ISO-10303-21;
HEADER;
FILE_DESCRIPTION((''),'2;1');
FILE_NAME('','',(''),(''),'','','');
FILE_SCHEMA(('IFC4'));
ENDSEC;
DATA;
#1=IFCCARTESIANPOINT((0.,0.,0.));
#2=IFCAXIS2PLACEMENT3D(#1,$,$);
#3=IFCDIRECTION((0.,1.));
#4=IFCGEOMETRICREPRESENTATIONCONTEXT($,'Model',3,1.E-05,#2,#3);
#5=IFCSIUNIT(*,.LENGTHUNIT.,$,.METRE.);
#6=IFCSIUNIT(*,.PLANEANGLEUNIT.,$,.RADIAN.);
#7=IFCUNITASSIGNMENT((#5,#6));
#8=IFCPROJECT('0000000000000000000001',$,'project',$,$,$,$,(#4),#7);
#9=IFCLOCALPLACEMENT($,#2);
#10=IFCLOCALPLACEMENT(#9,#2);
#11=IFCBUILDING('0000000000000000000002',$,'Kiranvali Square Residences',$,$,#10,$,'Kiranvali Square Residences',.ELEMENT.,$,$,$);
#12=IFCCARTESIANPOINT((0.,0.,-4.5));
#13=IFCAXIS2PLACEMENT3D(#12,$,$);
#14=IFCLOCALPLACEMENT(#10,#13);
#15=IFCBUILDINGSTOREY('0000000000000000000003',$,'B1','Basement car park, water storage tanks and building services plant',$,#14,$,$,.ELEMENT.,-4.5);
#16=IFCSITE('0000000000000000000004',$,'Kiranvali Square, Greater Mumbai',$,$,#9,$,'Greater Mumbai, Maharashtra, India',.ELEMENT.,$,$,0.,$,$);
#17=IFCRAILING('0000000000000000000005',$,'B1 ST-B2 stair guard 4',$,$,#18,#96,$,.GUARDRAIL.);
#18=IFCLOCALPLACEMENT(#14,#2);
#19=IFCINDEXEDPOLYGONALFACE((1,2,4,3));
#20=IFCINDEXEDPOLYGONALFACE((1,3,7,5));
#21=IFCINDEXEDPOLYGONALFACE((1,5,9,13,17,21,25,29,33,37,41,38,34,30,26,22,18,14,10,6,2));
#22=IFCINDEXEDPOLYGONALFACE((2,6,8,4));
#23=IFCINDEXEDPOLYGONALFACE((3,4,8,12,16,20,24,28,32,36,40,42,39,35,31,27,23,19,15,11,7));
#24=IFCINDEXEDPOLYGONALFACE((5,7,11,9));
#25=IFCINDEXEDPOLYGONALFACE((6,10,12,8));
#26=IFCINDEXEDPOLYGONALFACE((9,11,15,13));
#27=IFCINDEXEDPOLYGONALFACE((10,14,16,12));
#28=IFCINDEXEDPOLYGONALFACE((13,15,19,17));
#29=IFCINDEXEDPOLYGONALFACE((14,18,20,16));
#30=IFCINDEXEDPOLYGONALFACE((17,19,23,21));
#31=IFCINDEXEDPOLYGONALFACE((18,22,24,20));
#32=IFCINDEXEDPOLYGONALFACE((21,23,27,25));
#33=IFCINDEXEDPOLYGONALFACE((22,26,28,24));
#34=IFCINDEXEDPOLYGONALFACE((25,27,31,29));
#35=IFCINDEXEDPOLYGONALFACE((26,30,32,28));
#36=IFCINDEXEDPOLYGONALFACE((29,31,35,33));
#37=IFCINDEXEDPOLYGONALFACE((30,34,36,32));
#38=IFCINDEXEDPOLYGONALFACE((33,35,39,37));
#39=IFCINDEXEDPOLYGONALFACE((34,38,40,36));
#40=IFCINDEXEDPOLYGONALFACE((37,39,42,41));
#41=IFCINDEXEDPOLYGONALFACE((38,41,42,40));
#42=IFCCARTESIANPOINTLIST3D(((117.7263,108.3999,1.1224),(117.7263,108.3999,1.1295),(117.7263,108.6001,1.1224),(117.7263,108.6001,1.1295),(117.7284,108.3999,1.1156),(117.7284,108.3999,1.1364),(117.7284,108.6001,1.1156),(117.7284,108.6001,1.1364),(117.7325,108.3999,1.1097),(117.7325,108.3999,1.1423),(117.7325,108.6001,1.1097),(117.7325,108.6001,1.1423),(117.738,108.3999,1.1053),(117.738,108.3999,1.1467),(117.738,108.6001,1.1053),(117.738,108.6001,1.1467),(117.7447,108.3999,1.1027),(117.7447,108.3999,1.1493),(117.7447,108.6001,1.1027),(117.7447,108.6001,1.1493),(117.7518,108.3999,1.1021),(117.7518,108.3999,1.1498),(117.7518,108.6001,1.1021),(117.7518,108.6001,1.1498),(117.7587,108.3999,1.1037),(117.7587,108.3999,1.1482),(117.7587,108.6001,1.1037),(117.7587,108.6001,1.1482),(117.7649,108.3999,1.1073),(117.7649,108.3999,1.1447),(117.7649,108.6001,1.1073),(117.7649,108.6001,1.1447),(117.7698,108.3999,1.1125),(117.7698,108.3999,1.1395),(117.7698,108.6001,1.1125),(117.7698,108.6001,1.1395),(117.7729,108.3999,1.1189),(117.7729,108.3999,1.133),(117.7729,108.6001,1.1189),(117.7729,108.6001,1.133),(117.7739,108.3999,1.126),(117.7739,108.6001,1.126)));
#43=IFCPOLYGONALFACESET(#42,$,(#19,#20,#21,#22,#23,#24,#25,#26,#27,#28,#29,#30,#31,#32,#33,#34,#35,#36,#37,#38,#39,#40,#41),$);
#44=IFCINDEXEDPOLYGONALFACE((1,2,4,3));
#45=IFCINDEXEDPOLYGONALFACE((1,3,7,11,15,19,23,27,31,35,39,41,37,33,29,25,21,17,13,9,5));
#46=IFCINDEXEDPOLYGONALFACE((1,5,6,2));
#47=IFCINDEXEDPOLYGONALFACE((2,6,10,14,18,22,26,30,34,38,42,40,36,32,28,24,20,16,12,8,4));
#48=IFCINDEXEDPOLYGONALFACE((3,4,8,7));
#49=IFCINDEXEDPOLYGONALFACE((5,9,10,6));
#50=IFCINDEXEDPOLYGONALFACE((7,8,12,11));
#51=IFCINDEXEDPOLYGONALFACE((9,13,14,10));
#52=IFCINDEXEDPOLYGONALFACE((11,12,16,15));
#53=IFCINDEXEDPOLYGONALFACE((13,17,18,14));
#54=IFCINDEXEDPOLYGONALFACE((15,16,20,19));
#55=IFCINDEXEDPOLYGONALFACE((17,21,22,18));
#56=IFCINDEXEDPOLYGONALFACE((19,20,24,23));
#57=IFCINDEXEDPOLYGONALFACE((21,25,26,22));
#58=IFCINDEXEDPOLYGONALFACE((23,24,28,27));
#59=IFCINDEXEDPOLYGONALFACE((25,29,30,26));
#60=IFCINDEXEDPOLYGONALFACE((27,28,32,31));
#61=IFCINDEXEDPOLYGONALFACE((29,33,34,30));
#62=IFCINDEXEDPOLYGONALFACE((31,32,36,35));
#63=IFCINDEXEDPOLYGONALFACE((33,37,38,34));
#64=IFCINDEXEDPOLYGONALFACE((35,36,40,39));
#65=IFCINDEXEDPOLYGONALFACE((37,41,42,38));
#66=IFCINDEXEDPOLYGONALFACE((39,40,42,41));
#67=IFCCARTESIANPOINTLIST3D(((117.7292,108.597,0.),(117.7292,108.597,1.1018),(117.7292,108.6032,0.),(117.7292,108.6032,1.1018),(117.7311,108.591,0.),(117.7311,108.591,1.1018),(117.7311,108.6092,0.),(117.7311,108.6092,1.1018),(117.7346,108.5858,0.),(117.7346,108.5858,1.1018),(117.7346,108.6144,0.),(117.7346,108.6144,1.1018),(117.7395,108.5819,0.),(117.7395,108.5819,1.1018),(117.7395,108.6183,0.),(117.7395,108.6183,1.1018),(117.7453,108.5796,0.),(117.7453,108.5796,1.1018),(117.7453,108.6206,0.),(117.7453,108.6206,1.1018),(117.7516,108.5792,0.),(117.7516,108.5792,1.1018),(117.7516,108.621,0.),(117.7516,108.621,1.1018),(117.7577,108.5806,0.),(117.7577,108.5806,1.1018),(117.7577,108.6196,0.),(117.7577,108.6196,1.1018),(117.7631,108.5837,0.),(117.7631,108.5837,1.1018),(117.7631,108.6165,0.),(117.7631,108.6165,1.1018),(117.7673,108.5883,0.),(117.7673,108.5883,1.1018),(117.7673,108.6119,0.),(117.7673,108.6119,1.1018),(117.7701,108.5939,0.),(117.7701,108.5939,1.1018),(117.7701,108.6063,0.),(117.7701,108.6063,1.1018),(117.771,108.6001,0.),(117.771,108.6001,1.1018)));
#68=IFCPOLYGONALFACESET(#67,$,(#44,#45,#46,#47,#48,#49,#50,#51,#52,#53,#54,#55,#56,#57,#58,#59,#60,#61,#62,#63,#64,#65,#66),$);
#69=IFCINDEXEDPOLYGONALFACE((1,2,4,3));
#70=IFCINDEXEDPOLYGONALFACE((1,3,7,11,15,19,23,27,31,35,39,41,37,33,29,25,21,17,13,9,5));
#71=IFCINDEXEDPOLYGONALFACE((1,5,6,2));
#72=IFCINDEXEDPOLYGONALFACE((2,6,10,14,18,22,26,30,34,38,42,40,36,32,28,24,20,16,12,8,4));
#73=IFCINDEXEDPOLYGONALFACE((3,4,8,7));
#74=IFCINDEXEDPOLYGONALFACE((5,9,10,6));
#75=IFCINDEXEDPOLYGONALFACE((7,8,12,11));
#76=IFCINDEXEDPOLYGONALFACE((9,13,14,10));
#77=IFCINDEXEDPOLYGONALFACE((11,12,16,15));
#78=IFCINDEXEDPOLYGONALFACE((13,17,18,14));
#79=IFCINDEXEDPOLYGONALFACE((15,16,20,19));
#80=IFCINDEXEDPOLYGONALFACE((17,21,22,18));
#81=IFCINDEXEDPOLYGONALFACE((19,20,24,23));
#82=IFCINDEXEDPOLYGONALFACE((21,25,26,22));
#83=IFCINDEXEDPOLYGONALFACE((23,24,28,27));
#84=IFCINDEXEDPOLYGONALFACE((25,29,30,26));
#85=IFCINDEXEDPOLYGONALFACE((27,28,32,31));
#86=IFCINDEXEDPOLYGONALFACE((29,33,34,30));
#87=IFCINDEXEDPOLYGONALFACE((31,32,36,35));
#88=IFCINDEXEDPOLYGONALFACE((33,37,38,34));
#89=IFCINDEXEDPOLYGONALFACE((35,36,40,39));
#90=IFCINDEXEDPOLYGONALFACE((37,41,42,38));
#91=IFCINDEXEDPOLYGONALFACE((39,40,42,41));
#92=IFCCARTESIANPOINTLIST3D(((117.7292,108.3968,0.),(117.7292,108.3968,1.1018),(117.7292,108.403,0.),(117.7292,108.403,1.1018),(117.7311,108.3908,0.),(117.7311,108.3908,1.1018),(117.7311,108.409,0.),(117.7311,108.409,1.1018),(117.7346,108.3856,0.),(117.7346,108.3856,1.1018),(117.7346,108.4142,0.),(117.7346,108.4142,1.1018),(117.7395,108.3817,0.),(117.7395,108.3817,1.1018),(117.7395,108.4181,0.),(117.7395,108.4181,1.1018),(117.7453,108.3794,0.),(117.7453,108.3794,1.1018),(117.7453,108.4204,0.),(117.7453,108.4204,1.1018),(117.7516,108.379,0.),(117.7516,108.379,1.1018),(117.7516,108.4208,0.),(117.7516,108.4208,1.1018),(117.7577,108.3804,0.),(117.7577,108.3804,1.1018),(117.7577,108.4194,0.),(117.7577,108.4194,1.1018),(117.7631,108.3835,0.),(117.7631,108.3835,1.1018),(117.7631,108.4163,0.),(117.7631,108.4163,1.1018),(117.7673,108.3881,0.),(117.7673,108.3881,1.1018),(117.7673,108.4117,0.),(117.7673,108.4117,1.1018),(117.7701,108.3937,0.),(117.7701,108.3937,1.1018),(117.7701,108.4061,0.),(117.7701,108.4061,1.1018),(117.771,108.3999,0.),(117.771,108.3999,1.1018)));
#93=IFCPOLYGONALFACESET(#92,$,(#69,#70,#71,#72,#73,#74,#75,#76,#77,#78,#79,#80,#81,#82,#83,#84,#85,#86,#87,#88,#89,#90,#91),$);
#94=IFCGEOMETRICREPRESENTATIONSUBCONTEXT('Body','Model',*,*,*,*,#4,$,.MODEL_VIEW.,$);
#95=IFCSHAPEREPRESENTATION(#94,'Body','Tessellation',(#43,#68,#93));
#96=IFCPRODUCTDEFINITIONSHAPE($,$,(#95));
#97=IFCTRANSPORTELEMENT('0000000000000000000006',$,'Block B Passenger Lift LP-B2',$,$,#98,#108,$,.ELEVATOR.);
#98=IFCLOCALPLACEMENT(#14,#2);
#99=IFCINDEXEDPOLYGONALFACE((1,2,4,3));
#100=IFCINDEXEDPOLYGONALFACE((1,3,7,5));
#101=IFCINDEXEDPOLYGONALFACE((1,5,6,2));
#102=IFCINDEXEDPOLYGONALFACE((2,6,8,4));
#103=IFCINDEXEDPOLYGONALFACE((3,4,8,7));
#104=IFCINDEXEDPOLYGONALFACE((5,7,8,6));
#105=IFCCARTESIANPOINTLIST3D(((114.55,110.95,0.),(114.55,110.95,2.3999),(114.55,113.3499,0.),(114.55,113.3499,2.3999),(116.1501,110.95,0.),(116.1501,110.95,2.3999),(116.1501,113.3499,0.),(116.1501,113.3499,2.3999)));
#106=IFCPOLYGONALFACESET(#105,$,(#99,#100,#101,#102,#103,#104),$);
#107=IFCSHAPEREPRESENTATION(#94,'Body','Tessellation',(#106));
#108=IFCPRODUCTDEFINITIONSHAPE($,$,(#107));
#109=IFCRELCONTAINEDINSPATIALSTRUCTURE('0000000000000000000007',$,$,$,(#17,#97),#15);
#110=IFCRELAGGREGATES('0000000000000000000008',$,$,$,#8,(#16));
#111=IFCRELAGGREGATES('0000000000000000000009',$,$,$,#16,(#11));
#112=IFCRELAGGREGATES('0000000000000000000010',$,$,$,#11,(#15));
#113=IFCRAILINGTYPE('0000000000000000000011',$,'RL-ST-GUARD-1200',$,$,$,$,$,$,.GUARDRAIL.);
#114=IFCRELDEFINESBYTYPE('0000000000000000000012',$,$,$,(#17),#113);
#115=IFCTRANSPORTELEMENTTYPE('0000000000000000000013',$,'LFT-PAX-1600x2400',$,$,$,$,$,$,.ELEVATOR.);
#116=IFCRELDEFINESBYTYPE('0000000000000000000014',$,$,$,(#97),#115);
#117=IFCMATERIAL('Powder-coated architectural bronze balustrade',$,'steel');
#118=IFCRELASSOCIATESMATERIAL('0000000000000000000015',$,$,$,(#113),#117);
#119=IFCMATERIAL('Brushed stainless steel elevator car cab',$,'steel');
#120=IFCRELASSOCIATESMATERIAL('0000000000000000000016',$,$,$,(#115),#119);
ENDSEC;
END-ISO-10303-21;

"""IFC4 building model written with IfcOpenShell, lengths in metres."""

from ifc_helpers import new_model, si_unit, direction, frame, origin, origin_2d, place, context, subcontext, project, spatial, rectangle, circle, extrude, material, type_object, element, save


model = new_model("IFC4")

# Units and contexts
model_context = context("Model", 3, precision=1e-05, world=origin(), true_north=direction((0.0, 1.0)))
body_context = subcontext(model_context, "Body", "Model", "MODEL_VIEW")
ifc_project = project(units=[si_unit("LENGTHUNIT", "METRE"), si_unit("PLANEANGLEUNIT", "RADIAN")], contexts=[model_context])

# Site, building, storey
site_placement = place(None, origin())
site = spatial("IfcSite", under=ifc_project, at=site_placement, Name="Kiranvali Square, Greater Mumbai", LongName="Greater Mumbai, Maharashtra, India", CompositionType="ELEMENT", RefElevation=0.0)
building_placement = place(site_placement, origin())
building = spatial("IfcBuilding", under=site, at=building_placement, Name="Kiranvali Square Residences", LongName="Kiranvali Square Residences", CompositionType="ELEMENT")
storey_placement = place(building_placement, frame((0.0, 0.0, -4.5)))
storey = spatial("IfcBuildingStorey", under=building, at=storey_placement, Name="B1", Description="Basement car park, water storage tanks and building services plant", CompositionType="ELEMENT", Elevation=-4.5)

# Railing
ifc_material_1 = material(Name="Powder-coated architectural bronze balustrade", Category="steel")
railing_type_1 = type_object("IfcRailingType", Name="RL-ST-GUARD-1200", PredefinedType="GUARDRAIL", material=ifc_material_1)
railing_1_placement = place(storey_placement, frame((117.75, 108.6001, 0.0)))
element("IfcRailing", 1, at=railing_1_placement, inside=storey, type_object=railing_type_1, Name="B1 ST-B2 stair guard 4", PredefinedType="GUARDRAIL", context=body_context, shape_type="SweptSolid", body=[
    extrude(circle(Radius=0.0239, at=origin_2d()), frame((0.0, 0.0, 1.126), z_axis=(0.0, -1.0, 0.0), x_axis=(1.0, 0.0, 0.0)), (0.0, 0.0, 1.0), 0.2002),
    extrude(circle(Radius=0.021, at=origin_2d()), origin(), (0.0, 0.0, 1.0), 1.1018),
    extrude(circle(Radius=0.021, at=origin_2d()), frame((0.0, -0.2002, 0.0)), (0.0, 0.0, 1.0), 1.1018),
])

# Transport element
ifc_material_2 = material(Name="Brushed stainless steel elevator car cab", Category="steel")
transport_element_type = type_object("IfcTransportElementType", Name="LFT-PAX-1600x2400", PredefinedType="ELEVATOR", material=ifc_material_2)
transport_element_placement = place(storey_placement, frame((115.3501, 112.1499, 0.0), z_axis=(0.0, 0.0, 1.0), x_axis=(1.0, 0.0, 0.0)))
element("IfcTransportElement", 2, at=transport_element_placement, inside=storey, type_object=transport_element_type, Name="Block B Passenger Lift LP-B2", PredefinedType="ELEVATOR", context=body_context, shape_type="SweptSolid", body=[
    extrude(rectangle(XDim=1.6001, YDim=2.3999, at=origin_2d()), origin(), (0.0, 0.0, 1.0), 2.3999),
])

save(model, "model.ifc")
